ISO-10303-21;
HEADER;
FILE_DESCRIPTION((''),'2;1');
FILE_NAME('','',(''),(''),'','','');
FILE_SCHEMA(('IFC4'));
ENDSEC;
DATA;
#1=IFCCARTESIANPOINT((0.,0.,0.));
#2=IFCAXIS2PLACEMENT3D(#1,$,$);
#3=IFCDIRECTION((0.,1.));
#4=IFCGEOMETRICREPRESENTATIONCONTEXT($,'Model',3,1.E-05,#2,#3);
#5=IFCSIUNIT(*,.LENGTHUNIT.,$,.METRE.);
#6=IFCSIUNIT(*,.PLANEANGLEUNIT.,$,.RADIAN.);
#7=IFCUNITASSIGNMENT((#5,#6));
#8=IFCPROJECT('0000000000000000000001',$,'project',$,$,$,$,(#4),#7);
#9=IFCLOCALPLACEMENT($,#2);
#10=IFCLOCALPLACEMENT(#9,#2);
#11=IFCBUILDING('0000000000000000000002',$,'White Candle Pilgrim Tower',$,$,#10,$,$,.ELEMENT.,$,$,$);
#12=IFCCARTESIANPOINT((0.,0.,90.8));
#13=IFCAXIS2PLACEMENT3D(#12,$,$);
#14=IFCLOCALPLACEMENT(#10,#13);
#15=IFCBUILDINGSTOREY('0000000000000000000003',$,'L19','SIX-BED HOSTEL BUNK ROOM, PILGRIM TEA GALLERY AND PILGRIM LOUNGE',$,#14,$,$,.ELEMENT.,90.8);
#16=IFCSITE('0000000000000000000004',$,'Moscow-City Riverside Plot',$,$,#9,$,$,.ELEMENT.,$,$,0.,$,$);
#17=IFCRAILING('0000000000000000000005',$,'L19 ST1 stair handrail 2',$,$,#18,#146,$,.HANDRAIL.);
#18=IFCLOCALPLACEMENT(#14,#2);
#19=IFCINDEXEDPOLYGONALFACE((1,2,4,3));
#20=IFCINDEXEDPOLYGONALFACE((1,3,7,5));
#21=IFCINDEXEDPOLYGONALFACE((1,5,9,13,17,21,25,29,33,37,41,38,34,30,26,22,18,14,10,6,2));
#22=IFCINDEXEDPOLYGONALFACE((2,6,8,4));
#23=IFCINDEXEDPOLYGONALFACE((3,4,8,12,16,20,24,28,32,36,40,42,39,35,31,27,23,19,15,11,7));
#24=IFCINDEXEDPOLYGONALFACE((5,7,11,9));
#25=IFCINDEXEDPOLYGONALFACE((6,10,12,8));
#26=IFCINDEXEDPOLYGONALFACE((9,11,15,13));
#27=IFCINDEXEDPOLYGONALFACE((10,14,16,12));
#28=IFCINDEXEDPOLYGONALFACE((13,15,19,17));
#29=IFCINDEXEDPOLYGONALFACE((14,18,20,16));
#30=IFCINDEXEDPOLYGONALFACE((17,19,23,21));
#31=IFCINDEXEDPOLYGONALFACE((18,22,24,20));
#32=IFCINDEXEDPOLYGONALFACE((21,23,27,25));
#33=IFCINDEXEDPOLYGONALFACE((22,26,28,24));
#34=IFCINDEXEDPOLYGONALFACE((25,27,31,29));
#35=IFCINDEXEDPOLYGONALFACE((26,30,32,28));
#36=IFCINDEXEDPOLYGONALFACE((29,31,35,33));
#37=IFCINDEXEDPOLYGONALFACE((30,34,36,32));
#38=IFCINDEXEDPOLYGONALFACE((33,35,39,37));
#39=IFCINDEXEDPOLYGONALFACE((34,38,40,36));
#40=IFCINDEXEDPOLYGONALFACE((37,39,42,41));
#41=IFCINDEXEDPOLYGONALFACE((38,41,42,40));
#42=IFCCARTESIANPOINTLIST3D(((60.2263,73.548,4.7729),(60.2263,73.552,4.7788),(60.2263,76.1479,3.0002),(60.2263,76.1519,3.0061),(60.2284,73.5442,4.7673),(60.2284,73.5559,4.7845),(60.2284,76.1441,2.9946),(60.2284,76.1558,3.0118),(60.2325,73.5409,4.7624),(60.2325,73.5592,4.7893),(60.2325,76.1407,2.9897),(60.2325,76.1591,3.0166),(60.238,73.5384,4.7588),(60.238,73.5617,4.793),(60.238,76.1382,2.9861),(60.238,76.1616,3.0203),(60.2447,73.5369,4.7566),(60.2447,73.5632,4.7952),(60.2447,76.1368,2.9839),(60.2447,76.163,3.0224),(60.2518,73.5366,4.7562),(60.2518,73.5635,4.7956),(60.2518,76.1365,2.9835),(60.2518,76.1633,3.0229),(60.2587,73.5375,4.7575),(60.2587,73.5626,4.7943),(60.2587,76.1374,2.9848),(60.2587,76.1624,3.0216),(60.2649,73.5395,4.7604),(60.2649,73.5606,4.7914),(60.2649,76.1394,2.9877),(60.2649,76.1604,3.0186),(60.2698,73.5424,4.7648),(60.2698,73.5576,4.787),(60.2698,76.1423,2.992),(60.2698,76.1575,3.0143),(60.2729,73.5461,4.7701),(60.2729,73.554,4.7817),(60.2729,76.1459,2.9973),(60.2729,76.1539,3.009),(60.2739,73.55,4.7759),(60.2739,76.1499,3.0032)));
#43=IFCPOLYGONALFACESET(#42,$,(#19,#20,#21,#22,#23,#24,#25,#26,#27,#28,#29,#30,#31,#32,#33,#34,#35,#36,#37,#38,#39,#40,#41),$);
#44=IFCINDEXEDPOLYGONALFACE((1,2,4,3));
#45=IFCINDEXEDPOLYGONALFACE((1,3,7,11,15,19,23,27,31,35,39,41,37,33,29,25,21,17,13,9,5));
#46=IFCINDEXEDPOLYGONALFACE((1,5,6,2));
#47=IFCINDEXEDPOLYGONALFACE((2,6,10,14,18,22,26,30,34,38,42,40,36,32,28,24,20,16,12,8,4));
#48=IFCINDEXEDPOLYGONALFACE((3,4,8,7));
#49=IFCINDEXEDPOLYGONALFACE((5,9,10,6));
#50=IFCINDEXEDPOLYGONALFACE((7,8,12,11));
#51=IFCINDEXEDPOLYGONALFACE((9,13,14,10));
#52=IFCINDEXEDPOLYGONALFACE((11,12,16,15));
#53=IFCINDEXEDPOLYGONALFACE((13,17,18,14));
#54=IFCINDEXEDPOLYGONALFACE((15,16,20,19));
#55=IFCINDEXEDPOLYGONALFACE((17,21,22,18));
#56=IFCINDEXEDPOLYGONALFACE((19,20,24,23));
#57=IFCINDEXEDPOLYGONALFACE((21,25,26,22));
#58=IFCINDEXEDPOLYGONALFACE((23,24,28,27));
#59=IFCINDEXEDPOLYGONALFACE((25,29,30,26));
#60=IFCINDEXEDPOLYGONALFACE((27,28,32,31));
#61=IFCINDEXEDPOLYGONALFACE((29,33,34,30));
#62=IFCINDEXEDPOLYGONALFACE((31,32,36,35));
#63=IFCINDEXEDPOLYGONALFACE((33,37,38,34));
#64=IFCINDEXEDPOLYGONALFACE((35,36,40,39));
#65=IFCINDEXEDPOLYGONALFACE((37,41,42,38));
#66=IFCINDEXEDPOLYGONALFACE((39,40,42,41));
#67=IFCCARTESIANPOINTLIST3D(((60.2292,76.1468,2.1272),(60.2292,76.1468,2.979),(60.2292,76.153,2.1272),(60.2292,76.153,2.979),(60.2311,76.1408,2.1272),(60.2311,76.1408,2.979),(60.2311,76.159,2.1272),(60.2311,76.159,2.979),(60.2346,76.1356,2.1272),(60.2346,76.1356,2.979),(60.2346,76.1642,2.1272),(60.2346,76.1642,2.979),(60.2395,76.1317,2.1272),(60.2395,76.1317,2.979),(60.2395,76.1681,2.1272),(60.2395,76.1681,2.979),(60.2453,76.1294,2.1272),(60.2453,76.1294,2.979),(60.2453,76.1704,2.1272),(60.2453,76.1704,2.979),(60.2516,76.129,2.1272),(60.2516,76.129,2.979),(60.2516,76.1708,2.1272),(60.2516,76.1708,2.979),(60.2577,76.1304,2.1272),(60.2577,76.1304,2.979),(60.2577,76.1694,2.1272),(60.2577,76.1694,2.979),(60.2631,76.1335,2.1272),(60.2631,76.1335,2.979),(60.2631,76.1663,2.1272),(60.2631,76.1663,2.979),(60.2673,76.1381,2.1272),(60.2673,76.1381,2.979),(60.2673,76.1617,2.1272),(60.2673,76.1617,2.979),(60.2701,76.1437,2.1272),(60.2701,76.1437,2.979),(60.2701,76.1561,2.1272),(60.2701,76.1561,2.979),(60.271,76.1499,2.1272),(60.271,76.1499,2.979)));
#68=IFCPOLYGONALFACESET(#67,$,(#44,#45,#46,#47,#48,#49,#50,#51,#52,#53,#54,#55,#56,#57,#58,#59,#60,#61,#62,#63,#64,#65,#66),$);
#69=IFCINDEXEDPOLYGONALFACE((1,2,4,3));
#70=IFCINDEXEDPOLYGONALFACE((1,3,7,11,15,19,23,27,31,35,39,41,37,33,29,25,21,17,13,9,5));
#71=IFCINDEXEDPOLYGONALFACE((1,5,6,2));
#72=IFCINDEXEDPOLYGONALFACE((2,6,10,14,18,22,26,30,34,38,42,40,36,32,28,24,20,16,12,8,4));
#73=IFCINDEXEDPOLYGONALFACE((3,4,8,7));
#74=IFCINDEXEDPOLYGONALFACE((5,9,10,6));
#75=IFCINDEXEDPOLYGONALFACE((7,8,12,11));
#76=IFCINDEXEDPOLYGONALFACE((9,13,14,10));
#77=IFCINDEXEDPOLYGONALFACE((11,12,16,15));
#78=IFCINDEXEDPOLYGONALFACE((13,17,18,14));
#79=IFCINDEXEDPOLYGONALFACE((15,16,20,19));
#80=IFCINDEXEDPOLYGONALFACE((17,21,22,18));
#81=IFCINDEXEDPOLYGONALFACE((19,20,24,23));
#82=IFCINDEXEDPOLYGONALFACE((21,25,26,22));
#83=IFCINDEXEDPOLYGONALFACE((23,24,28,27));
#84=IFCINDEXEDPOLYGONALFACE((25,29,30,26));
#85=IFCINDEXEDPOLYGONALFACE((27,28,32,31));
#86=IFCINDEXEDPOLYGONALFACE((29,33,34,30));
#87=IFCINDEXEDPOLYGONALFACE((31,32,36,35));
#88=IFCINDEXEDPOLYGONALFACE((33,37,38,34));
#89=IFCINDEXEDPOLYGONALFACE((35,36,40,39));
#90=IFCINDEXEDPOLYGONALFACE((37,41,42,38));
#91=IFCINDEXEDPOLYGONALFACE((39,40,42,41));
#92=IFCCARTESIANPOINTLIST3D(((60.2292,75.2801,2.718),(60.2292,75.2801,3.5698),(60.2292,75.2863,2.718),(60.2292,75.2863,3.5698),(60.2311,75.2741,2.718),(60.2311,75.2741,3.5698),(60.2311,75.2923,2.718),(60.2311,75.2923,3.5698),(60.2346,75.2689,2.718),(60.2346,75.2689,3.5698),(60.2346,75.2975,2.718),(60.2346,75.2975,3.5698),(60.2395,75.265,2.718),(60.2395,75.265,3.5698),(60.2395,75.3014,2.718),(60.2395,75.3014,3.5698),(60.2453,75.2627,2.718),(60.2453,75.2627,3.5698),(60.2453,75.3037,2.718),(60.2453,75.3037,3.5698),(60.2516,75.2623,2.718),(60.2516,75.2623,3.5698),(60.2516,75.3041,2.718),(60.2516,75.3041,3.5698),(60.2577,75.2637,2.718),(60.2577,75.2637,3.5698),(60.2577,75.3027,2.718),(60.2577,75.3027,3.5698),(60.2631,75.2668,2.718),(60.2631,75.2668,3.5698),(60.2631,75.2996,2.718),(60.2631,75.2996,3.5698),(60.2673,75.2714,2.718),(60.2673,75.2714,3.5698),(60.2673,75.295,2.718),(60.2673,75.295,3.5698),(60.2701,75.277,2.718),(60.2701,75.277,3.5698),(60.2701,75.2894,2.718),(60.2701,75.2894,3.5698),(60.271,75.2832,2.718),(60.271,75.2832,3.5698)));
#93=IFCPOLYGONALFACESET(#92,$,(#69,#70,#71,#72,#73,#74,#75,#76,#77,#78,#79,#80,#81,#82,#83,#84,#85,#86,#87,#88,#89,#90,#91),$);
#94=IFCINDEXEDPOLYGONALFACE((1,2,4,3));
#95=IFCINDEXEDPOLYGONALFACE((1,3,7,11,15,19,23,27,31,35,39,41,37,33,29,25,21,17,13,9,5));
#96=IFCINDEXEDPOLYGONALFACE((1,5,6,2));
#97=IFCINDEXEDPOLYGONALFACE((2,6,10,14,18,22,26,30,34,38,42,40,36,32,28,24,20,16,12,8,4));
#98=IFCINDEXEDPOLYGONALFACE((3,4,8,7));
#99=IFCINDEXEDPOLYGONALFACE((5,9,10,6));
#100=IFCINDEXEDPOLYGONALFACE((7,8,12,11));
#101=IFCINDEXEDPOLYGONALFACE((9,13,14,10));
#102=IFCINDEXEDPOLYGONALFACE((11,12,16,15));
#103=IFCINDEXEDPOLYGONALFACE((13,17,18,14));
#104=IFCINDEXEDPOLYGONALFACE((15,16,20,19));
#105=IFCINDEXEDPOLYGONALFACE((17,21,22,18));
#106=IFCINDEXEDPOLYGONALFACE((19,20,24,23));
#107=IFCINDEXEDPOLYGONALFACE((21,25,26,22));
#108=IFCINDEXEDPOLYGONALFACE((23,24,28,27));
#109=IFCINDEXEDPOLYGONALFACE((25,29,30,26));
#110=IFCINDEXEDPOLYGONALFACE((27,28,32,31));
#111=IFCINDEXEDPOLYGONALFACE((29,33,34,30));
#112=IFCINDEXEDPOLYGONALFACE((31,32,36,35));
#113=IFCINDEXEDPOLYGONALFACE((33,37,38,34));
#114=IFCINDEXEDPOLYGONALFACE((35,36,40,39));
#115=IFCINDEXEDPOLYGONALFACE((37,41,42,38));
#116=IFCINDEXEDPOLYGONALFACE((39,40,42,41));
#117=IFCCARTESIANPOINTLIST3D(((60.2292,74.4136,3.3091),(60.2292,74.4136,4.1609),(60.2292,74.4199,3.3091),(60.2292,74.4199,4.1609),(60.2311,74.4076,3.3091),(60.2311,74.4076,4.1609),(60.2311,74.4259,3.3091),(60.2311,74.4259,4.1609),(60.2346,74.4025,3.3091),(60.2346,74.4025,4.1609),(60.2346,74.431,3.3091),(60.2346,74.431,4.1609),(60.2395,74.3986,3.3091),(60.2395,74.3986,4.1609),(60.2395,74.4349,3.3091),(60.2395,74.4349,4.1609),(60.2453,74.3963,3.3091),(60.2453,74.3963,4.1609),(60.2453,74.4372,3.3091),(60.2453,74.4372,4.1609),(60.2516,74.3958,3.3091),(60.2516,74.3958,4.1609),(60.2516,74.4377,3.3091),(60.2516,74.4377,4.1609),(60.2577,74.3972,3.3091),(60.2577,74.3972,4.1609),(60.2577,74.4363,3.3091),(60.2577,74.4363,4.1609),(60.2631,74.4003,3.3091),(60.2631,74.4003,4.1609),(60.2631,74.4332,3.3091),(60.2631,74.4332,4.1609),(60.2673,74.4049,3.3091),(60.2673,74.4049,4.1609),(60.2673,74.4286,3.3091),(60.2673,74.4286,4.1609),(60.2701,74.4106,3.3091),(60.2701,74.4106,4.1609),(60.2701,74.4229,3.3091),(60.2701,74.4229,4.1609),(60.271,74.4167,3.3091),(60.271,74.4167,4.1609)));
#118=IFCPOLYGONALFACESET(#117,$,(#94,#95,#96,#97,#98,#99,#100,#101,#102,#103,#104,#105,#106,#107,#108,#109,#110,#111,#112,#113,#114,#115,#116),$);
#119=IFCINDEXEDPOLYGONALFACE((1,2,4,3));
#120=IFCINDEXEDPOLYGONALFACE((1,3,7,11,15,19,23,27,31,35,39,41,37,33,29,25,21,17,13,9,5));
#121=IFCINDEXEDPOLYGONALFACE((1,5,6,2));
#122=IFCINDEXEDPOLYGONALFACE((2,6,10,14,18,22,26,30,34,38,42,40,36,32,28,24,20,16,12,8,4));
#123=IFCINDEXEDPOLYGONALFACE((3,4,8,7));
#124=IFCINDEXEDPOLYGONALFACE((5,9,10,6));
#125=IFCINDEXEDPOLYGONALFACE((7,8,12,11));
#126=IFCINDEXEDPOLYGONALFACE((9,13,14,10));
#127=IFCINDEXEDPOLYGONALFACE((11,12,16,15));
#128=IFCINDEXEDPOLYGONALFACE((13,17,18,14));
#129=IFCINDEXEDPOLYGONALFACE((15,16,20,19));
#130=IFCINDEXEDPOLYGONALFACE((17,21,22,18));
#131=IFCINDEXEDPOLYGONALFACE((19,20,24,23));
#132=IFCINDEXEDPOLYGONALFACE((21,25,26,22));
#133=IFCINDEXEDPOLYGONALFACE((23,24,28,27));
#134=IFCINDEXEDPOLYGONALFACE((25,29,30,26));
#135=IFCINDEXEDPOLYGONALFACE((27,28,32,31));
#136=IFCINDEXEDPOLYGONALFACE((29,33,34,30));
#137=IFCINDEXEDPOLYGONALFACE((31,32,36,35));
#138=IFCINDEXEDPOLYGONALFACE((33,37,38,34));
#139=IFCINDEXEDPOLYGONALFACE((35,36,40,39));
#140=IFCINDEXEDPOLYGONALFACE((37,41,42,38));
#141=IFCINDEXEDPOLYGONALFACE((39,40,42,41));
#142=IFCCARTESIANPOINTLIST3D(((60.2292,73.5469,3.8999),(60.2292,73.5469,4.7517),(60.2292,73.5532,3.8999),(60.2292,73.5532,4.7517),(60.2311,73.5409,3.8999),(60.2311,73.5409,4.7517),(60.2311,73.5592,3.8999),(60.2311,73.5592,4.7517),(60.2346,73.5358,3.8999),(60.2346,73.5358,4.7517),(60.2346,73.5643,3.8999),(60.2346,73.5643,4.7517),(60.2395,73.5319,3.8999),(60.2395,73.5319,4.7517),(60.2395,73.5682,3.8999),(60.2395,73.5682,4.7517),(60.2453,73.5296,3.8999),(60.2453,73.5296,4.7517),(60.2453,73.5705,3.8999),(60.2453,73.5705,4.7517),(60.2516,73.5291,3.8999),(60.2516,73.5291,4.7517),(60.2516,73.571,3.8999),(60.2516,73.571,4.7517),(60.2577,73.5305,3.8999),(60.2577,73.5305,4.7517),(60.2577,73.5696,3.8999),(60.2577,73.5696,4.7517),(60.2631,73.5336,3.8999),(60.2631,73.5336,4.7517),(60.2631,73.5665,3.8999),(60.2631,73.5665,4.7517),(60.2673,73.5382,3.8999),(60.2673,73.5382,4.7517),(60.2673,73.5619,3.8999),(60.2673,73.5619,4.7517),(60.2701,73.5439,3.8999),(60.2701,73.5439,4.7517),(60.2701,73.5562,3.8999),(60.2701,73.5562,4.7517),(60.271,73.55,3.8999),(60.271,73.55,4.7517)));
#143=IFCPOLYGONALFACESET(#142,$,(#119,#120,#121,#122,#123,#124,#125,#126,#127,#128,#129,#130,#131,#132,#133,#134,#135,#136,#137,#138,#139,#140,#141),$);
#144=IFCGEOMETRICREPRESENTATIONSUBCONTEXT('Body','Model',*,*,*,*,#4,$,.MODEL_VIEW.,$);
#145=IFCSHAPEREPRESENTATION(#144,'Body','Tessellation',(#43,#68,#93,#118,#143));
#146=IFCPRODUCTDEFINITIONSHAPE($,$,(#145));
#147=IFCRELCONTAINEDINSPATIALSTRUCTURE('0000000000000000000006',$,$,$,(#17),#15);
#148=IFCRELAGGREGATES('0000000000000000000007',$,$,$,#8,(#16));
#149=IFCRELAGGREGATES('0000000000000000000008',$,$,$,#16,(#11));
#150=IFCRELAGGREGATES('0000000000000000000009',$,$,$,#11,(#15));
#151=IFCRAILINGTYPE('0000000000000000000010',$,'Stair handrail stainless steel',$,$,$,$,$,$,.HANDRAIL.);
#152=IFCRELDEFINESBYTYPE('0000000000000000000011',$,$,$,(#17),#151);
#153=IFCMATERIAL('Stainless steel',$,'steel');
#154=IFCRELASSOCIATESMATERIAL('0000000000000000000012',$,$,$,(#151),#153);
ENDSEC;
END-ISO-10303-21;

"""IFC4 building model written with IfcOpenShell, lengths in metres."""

from ifc_helpers import new_model, si_unit, direction, frame, origin, origin_2d, place, context, subcontext, project, spatial, circle, extrude, material, type_object, element, save


model = new_model("IFC4")

# Units and contexts
model_context = context("Model", 3, precision=1e-05, world=origin(), true_north=direction((0.0, 1.0)))
body_context = subcontext(model_context, "Body", "Model", "MODEL_VIEW")
ifc_project = project(units=[si_unit("LENGTHUNIT", "METRE"), si_unit("PLANEANGLEUNIT", "RADIAN")], contexts=[model_context])

# Site, building, storey
site_placement = place(None, origin())
site = spatial("IfcSite", under=ifc_project, at=site_placement, Name="Moscow-City Riverside Plot", CompositionType="ELEMENT", RefElevation=0.0)
building_placement = place(site_placement, origin())
building = spatial("IfcBuilding", under=site, at=building_placement, Name="White Candle Pilgrim Tower", CompositionType="ELEMENT")
storey_placement = place(building_placement, frame((0.0, 0.0, 90.8)))
storey = spatial("IfcBuildingStorey", under=building, at=storey_placement, Name="L19", Description="SIX-BED HOSTEL BUNK ROOM, PILGRIM TEA GALLERY AND PILGRIM LOUNGE", CompositionType="ELEMENT", Elevation=90.8)

# Railing
ifc_material_1 = material(Name="Stainless steel", Category="steel")
railing_type_1 = type_object("IfcRailingType", Name="Stair handrail stainless steel", PredefinedType="HANDRAIL", material=ifc_material_1)
railing_1_placement = place(storey_placement, frame((60.25, 76.1499, 2.1272)))
element("IfcRailing", 1, at=railing_1_placement, inside=storey, type_object=railing_type_1, Name="L19 ST1 stair handrail 2", PredefinedType="HANDRAIL", context=body_context, shape_type="SweptSolid", body=[
    extrude(circle(Radius=0.0239, at=origin_2d()), frame((0.0, 0.0, 0.876), z_axis=(0.0, -0.826216, 0.563354), x_axis=(1.0, 0.0, 0.0)), (0.0, 0.0, 1.0), 3.1467),
    extrude(circle(Radius=0.021, at=origin_2d()), origin(), (0.0, 0.0, 1.0), 0.8518),
    extrude(circle(Radius=0.021, at=origin_2d()), frame((0.0, -0.8667, 0.5908)), (0.0, 0.0, 1.0), 0.8518),
    extrude(circle(Radius=0.021, at=origin_2d()), frame((0.0, -1.7332, 1.1819)), (0.0, 0.0, 1.0), 0.8518),
    extrude(circle(Radius=0.021, at=origin_2d()), frame((0.0, -2.5999, 1.7727)), (0.0, 0.0, 1.0), 0.8518),
])

save(model, "model.ifc")
